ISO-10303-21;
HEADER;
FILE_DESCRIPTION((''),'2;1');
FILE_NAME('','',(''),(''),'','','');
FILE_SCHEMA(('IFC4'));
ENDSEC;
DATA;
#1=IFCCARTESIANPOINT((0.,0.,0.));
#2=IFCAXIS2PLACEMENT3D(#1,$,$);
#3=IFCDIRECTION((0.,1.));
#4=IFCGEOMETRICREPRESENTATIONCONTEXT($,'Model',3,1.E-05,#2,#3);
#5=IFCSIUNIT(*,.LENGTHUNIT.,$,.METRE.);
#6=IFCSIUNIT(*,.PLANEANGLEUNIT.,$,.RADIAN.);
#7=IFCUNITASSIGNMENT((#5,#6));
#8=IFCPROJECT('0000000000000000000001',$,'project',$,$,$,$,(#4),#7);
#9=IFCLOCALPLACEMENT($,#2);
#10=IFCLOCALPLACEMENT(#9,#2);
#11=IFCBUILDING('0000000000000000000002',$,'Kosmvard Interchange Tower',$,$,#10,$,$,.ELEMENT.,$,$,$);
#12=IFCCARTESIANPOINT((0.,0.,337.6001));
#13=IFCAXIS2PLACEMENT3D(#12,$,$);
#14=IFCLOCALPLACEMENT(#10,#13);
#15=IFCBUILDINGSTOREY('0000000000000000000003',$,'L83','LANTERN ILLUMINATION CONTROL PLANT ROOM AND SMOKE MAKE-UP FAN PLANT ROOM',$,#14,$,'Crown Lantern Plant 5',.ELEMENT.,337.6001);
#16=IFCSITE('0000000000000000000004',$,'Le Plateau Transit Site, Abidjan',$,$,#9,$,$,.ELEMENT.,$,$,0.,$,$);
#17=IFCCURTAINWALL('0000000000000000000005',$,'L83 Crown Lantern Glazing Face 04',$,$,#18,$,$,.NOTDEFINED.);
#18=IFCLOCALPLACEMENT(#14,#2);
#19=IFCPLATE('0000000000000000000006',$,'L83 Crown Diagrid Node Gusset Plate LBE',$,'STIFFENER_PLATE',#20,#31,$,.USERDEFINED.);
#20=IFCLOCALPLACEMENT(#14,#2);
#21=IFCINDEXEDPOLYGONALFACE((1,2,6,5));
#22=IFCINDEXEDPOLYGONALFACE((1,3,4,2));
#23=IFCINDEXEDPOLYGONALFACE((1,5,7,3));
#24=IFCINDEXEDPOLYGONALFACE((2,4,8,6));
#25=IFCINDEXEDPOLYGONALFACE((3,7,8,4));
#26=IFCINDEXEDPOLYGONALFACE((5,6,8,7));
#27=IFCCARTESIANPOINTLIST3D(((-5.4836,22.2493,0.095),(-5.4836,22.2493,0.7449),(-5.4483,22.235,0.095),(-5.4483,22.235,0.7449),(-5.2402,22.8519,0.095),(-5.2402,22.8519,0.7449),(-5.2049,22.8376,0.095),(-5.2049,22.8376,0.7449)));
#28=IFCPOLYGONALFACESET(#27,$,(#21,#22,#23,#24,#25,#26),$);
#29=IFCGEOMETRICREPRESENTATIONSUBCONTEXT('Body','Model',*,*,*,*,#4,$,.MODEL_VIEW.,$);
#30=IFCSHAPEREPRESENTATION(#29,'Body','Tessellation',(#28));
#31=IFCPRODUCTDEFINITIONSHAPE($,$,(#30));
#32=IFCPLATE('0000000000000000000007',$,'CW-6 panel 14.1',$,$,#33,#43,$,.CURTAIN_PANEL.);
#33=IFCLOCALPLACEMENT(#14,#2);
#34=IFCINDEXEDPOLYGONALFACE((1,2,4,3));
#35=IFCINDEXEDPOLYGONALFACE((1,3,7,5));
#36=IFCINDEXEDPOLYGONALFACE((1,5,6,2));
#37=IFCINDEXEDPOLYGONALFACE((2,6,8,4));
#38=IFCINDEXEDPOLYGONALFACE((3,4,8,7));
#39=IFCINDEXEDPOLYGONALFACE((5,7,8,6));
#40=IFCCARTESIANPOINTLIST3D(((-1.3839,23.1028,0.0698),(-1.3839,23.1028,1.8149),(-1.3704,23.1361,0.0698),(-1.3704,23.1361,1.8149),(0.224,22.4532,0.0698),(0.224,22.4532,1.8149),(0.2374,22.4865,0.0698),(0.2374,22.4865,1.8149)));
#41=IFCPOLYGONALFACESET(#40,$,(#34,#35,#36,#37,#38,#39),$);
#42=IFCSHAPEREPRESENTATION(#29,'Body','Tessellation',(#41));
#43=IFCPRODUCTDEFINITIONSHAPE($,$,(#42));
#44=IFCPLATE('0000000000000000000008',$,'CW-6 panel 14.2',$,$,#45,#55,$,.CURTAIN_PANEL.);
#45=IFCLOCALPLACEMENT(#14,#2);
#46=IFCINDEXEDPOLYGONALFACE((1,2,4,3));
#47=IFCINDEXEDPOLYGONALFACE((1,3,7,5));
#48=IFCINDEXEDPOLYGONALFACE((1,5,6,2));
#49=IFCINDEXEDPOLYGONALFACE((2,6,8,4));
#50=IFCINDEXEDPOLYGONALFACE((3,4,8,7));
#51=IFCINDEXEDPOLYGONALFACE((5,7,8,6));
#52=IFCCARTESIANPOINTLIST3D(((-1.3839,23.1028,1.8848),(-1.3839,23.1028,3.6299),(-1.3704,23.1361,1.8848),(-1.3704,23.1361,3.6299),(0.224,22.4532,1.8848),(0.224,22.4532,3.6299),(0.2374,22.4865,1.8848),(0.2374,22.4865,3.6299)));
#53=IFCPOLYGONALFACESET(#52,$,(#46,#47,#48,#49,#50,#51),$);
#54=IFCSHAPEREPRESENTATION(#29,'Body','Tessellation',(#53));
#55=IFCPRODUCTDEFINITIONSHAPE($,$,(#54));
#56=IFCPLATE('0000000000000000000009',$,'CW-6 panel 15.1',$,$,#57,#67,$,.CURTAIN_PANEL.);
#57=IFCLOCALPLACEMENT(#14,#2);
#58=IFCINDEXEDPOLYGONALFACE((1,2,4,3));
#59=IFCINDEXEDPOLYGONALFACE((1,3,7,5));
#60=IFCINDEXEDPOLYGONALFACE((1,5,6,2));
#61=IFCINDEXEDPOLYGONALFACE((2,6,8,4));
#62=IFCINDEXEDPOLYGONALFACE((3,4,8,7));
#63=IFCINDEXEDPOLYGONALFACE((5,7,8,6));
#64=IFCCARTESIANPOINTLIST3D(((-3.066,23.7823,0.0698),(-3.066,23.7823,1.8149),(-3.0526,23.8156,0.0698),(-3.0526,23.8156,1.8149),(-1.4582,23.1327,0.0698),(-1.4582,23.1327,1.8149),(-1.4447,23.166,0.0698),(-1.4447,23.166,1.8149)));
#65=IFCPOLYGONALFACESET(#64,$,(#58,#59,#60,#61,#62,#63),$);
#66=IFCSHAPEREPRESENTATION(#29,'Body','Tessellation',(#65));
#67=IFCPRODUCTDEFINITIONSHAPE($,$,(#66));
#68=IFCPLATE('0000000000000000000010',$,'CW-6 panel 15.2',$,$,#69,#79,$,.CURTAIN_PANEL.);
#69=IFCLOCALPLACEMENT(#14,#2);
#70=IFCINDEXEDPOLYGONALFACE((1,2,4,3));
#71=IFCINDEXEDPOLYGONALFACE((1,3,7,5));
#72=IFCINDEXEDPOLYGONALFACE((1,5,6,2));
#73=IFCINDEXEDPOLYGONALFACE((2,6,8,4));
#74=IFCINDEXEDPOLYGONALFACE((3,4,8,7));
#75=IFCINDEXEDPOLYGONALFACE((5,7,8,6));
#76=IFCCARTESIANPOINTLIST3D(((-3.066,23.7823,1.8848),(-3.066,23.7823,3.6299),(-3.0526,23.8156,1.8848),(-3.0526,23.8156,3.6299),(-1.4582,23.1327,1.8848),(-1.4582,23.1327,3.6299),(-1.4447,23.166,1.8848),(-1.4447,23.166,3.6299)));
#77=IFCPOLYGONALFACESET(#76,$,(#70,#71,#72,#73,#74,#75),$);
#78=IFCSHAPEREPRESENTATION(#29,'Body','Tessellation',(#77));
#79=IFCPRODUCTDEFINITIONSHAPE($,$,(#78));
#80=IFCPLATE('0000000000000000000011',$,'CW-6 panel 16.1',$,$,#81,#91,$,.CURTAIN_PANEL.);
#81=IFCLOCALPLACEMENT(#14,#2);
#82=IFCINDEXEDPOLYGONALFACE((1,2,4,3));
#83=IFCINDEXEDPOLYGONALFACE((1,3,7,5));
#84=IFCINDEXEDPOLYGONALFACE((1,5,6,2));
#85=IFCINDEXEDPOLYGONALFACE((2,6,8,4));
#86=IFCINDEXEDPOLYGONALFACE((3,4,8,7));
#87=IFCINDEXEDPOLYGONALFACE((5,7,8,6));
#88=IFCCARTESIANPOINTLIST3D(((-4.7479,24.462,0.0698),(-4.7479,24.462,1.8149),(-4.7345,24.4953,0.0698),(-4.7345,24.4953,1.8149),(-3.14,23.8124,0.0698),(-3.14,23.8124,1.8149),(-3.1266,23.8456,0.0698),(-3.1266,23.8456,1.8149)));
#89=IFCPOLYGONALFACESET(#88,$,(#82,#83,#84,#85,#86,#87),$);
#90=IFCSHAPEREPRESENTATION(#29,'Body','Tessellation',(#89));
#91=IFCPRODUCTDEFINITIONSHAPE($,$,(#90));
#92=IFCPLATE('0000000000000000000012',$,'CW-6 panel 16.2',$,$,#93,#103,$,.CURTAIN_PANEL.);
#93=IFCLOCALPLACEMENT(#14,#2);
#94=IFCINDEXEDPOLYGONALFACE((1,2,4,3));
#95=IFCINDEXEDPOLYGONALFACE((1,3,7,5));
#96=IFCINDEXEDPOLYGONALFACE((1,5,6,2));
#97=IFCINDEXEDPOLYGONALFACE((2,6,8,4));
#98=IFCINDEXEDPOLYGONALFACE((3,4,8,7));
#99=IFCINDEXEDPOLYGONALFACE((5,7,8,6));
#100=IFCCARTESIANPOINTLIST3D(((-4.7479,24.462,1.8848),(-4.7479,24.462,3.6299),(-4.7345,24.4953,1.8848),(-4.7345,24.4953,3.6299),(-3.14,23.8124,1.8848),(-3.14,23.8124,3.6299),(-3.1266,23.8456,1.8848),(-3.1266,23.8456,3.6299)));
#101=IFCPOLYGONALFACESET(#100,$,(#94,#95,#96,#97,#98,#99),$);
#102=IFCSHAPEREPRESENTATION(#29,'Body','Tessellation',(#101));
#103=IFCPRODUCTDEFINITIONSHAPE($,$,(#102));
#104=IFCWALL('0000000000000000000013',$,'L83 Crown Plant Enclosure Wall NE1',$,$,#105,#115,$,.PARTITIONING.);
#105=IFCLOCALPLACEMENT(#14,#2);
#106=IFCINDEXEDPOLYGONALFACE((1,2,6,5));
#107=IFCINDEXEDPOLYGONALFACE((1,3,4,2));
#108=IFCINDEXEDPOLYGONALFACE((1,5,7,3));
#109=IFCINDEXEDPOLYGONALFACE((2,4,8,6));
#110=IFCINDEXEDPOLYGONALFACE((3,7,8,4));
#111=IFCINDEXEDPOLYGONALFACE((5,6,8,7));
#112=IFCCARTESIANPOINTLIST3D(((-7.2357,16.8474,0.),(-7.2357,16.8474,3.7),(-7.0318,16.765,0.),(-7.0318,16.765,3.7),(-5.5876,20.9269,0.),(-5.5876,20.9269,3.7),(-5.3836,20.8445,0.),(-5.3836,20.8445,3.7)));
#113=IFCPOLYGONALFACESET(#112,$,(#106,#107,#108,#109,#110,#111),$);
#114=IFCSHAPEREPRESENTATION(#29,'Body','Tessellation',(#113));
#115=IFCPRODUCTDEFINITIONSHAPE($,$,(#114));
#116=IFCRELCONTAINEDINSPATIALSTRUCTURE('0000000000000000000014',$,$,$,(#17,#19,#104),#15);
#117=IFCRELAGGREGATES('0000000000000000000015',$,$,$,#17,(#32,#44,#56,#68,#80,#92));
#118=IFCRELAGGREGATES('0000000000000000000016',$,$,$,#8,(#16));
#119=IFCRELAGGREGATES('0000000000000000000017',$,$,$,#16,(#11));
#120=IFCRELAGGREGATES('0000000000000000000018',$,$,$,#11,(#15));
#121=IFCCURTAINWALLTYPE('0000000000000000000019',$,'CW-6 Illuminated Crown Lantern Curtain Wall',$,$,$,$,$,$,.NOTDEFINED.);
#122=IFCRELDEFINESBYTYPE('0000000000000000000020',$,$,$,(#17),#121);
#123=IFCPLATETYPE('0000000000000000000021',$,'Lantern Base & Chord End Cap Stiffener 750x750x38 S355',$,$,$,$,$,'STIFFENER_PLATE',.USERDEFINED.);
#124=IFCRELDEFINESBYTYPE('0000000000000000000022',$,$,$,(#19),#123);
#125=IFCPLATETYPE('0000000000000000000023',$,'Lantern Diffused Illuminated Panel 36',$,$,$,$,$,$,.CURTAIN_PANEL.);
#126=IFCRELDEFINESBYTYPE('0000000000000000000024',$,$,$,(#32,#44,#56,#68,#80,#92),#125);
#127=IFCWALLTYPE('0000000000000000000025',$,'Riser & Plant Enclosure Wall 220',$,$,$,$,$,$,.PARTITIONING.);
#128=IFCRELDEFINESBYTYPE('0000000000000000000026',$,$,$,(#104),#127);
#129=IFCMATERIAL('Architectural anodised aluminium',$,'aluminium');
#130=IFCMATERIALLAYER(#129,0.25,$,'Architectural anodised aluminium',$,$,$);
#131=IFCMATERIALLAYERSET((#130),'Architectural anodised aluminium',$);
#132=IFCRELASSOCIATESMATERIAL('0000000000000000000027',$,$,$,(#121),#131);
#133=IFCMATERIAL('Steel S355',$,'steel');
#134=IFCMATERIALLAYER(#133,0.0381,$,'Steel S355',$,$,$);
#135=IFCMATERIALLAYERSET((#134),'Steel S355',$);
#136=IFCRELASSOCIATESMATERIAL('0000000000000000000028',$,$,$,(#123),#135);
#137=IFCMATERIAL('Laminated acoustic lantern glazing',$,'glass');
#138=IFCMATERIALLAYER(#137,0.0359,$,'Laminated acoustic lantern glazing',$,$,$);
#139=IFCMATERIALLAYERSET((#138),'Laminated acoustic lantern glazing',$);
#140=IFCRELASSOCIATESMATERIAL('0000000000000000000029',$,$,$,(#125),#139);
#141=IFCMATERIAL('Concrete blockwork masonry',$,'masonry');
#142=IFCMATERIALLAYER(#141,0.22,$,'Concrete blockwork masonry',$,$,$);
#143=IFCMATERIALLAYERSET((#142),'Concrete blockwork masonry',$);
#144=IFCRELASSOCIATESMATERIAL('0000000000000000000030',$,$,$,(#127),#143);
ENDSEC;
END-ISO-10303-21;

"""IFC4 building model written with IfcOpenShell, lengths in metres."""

from ifc_helpers import new_model, si_unit, direction, frame, frame_2d, origin, origin_2d, place, context, subcontext, project, spatial, rectangle, extrude, source, transform, mapped, material, layer, layer_set, type_object, element, aggregate, save


model = new_model("IFC4")

# Units and contexts
model_context = context("Model", 3, precision=1e-05, world=origin(), true_north=direction((0.0, 1.0)))
body_context = subcontext(model_context, "Body", "Model", "MODEL_VIEW")
ifc_project = project(units=[si_unit("LENGTHUNIT", "METRE"), si_unit("PLANEANGLEUNIT", "RADIAN")], contexts=[model_context])

# Site, building, storey
site_placement = place(None, origin())
site = spatial("IfcSite", under=ifc_project, at=site_placement, Name="Le Plateau Transit Site, Abidjan", CompositionType="ELEMENT", RefElevation=0.0)
building_placement = place(site_placement, origin())
building = spatial("IfcBuilding", under=site, at=building_placement, Name="Kosmvard Interchange Tower", CompositionType="ELEMENT")
storey_placement = place(building_placement, frame((0.0, 0.0, 337.6001)))
storey = spatial("IfcBuildingStorey", under=building, at=storey_placement, Name="L83", Description="LANTERN ILLUMINATION CONTROL PLANT ROOM AND SMOKE MAKE-UP FAN PLANT ROOM", LongName="Crown Lantern Plant 5", CompositionType="ELEMENT", Elevation=337.6001)

# Shared definitions
ifc_material_1 = material(Name="Steel S355", Category="steel")

# Curtain wall
ifc_material_2 = material(Name="Architectural anodised aluminium", Category="aluminium")
ifc_layer_1 = layer(ifc_material_2, 0.25, Name="Architectural anodised aluminium")
ifc_layer_set_1 = layer_set([ifc_layer_1], Name="Architectural anodised aluminium")
curtain_wall_type = type_object("IfcCurtainWallType", Name="CW-6 Illuminated Crown Lantern Curtain Wall", PredefinedType="NOTDEFINED", material=ifc_layer_set_1)
curtain_wall_placement = place(storey_placement, origin())
curtain_wall = element("IfcCurtainWall", 1, at=curtain_wall_placement, inside=storey, type_object=curtain_wall_type, Name="L83 Crown Lantern Glazing Face 04", PredefinedType="NOTDEFINED")

# Plates
ifc_layer_2 = layer(ifc_material_1, 0.0381, Name="Steel S355")
ifc_layer_set_2 = layer_set([ifc_layer_2], Name="Steel S355")
plate_type_1 = type_object("IfcPlateType", Name="Lantern Base & Chord End Cap Stiffener 750x750x38 S355", ElementType="STIFFENER_PLATE", PredefinedType="USERDEFINED", material=ifc_layer_set_2)
shared_shape_1 = source(origin(), body_context, "Body", "SweptSolid", [
    extrude(rectangle(XDim=0.6499, YDim=0.0381, at=origin_2d()), origin(), (0.0, 0.0, 1.0), 0.6499),
])
plate_1_placement = place(storey_placement, frame((-5.3442, 22.5435, 0.095), z_axis=(0.0, 0.0, 1.0), x_axis=(0.374607, 0.927184, 0.0)))
element("IfcPlate", 2, at=plate_1_placement, inside=storey, type_object=plate_type_1, Name="L83 Crown Diagrid Node Gusset Plate LBE", ObjectType="STIFFENER_PLATE", PredefinedType="USERDEFINED", context=body_context, shape_type="MappedRepresentation", body=[
    mapped(shared_shape_1, transform((0.0, 0.0, 0.0), scale=1.0)),
])
ifc_material_3 = material(Name="Laminated acoustic lantern glazing", Category="glass")
ifc_layer_3 = layer(ifc_material_3, 0.0359, Name="Laminated acoustic lantern glazing")
ifc_layer_set_3 = layer_set([ifc_layer_3], Name="Laminated acoustic lantern glazing")
plate_type_2 = type_object("IfcPlateType", Name="Lantern Diffused Illuminated Panel 36", PredefinedType="CURTAIN_PANEL", material=ifc_layer_set_3)
shared_shape_2 = source(origin(), body_context, "Body", "SweptSolid", [
    extrude(rectangle(XDim=1.7341, YDim=0.0359, at=origin_2d()), origin(), (0.0, 0.0, 1.0), 1.7451),
])
plate_2_placement = place(storey_placement, frame((-0.5732, 22.7947, 0.0698), z_axis=(0.0, 0.0, 1.0), x_axis=(-0.927184, 0.374607, 0.0)))
plate_2 = element("IfcPlate", 3, at=plate_2_placement, type_object=plate_type_2, Name="CW-6 panel 14.1", PredefinedType="CURTAIN_PANEL", context=body_context, shape_type="MappedRepresentation", body=[
    mapped(shared_shape_2, transform((0.0, 0.0, 0.0), scale=1.0)),
])
plate_3_placement = place(storey_placement, frame((-0.5732, 22.7947, 1.8848), z_axis=(0.0, 0.0, 1.0), x_axis=(-0.927184, 0.374607, 0.0)))
plate_3 = element("IfcPlate", 4, at=plate_3_placement, type_object=plate_type_2, Name="CW-6 panel 14.2", PredefinedType="CURTAIN_PANEL", context=body_context, shape_type="MappedRepresentation", body=[
    mapped(shared_shape_2, transform((0.0, 0.0, 0.0), scale=1.0)),
])
plate_4_placement = place(storey_placement, frame((-2.2554, 23.4741, 0.0698), z_axis=(0.0, 0.0, 1.0), x_axis=(-0.927184, 0.374607, 0.0)))
plate_4 = element("IfcPlate", 5, at=plate_4_placement, type_object=plate_type_2, Name="CW-6 panel 15.1", PredefinedType="CURTAIN_PANEL", context=body_context, shape_type="MappedRepresentation", body=[
    mapped(shared_shape_2, transform((0.0, 0.0, 0.0), scale=1.0)),
])
plate_5_placement = place(storey_placement, frame((-2.2554, 23.4741, 1.8848), z_axis=(0.0, 0.0, 1.0), x_axis=(-0.927184, 0.374607, 0.0)))
plate_5 = element("IfcPlate", 6, at=plate_5_placement, type_object=plate_type_2, Name="CW-6 panel 15.2", PredefinedType="CURTAIN_PANEL", context=body_context, shape_type="MappedRepresentation", body=[
    mapped(shared_shape_2, transform((0.0, 0.0, 0.0), scale=1.0)),
])
plate_6_placement = place(storey_placement, frame((-3.9373, 24.1538, 0.0698), z_axis=(0.0, 0.0, 1.0), x_axis=(-0.927184, 0.374607, 0.0)))
plate_6 = element("IfcPlate", 7, at=plate_6_placement, type_object=plate_type_2, Name="CW-6 panel 16.1", PredefinedType="CURTAIN_PANEL", context=body_context, shape_type="MappedRepresentation", body=[
    mapped(shared_shape_2, transform((0.0, 0.0, 0.0), scale=1.0)),
])
plate_7_placement = place(storey_placement, frame((-3.9373, 24.1538, 1.8848), z_axis=(0.0, 0.0, 1.0), x_axis=(-0.927184, 0.374607, 0.0)))
plate_7 = element("IfcPlate", 8, at=plate_7_placement, type_object=plate_type_2, Name="CW-6 panel 16.2", PredefinedType="CURTAIN_PANEL", context=body_context, shape_type="MappedRepresentation", body=[
    mapped(shared_shape_2, transform((0.0, 0.0, 0.0), scale=1.0)),
])
aggregate(curtain_wall, [plate_2, plate_3, plate_4, plate_5, plate_6, plate_7])

# Wall
ifc_material_4 = material(Name="Concrete blockwork masonry", Category="masonry")
ifc_layer_4 = layer(ifc_material_4, 0.22, Name="Concrete blockwork masonry")
ifc_layer_set_4 = layer_set([ifc_layer_4], Name="Concrete blockwork masonry")
wall_type = type_object("IfcWallType", Name="Riser & Plant Enclosure Wall 220", PredefinedType="PARTITIONING", material=ifc_layer_set_4)
wall_placement = place(storey_placement, frame((-5.4856, 20.8857, 0.0), z_axis=(0.0, 0.0, 1.0), x_axis=(-0.374593, -0.927189, 0.0)))
element("IfcWall", 9, at=wall_placement, inside=storey, type_object=wall_type, Name="L83 Crown Plant Enclosure Wall NE1", PredefinedType="PARTITIONING", context=body_context, shape_type="SweptSolid", body=[
    extrude(rectangle(XDim=4.3999, YDim=0.22, at=frame_2d((2.2, 0.0))), origin(), (0.0, 0.0, 1.0), 3.7),
])

save(model, "model.ifc")
